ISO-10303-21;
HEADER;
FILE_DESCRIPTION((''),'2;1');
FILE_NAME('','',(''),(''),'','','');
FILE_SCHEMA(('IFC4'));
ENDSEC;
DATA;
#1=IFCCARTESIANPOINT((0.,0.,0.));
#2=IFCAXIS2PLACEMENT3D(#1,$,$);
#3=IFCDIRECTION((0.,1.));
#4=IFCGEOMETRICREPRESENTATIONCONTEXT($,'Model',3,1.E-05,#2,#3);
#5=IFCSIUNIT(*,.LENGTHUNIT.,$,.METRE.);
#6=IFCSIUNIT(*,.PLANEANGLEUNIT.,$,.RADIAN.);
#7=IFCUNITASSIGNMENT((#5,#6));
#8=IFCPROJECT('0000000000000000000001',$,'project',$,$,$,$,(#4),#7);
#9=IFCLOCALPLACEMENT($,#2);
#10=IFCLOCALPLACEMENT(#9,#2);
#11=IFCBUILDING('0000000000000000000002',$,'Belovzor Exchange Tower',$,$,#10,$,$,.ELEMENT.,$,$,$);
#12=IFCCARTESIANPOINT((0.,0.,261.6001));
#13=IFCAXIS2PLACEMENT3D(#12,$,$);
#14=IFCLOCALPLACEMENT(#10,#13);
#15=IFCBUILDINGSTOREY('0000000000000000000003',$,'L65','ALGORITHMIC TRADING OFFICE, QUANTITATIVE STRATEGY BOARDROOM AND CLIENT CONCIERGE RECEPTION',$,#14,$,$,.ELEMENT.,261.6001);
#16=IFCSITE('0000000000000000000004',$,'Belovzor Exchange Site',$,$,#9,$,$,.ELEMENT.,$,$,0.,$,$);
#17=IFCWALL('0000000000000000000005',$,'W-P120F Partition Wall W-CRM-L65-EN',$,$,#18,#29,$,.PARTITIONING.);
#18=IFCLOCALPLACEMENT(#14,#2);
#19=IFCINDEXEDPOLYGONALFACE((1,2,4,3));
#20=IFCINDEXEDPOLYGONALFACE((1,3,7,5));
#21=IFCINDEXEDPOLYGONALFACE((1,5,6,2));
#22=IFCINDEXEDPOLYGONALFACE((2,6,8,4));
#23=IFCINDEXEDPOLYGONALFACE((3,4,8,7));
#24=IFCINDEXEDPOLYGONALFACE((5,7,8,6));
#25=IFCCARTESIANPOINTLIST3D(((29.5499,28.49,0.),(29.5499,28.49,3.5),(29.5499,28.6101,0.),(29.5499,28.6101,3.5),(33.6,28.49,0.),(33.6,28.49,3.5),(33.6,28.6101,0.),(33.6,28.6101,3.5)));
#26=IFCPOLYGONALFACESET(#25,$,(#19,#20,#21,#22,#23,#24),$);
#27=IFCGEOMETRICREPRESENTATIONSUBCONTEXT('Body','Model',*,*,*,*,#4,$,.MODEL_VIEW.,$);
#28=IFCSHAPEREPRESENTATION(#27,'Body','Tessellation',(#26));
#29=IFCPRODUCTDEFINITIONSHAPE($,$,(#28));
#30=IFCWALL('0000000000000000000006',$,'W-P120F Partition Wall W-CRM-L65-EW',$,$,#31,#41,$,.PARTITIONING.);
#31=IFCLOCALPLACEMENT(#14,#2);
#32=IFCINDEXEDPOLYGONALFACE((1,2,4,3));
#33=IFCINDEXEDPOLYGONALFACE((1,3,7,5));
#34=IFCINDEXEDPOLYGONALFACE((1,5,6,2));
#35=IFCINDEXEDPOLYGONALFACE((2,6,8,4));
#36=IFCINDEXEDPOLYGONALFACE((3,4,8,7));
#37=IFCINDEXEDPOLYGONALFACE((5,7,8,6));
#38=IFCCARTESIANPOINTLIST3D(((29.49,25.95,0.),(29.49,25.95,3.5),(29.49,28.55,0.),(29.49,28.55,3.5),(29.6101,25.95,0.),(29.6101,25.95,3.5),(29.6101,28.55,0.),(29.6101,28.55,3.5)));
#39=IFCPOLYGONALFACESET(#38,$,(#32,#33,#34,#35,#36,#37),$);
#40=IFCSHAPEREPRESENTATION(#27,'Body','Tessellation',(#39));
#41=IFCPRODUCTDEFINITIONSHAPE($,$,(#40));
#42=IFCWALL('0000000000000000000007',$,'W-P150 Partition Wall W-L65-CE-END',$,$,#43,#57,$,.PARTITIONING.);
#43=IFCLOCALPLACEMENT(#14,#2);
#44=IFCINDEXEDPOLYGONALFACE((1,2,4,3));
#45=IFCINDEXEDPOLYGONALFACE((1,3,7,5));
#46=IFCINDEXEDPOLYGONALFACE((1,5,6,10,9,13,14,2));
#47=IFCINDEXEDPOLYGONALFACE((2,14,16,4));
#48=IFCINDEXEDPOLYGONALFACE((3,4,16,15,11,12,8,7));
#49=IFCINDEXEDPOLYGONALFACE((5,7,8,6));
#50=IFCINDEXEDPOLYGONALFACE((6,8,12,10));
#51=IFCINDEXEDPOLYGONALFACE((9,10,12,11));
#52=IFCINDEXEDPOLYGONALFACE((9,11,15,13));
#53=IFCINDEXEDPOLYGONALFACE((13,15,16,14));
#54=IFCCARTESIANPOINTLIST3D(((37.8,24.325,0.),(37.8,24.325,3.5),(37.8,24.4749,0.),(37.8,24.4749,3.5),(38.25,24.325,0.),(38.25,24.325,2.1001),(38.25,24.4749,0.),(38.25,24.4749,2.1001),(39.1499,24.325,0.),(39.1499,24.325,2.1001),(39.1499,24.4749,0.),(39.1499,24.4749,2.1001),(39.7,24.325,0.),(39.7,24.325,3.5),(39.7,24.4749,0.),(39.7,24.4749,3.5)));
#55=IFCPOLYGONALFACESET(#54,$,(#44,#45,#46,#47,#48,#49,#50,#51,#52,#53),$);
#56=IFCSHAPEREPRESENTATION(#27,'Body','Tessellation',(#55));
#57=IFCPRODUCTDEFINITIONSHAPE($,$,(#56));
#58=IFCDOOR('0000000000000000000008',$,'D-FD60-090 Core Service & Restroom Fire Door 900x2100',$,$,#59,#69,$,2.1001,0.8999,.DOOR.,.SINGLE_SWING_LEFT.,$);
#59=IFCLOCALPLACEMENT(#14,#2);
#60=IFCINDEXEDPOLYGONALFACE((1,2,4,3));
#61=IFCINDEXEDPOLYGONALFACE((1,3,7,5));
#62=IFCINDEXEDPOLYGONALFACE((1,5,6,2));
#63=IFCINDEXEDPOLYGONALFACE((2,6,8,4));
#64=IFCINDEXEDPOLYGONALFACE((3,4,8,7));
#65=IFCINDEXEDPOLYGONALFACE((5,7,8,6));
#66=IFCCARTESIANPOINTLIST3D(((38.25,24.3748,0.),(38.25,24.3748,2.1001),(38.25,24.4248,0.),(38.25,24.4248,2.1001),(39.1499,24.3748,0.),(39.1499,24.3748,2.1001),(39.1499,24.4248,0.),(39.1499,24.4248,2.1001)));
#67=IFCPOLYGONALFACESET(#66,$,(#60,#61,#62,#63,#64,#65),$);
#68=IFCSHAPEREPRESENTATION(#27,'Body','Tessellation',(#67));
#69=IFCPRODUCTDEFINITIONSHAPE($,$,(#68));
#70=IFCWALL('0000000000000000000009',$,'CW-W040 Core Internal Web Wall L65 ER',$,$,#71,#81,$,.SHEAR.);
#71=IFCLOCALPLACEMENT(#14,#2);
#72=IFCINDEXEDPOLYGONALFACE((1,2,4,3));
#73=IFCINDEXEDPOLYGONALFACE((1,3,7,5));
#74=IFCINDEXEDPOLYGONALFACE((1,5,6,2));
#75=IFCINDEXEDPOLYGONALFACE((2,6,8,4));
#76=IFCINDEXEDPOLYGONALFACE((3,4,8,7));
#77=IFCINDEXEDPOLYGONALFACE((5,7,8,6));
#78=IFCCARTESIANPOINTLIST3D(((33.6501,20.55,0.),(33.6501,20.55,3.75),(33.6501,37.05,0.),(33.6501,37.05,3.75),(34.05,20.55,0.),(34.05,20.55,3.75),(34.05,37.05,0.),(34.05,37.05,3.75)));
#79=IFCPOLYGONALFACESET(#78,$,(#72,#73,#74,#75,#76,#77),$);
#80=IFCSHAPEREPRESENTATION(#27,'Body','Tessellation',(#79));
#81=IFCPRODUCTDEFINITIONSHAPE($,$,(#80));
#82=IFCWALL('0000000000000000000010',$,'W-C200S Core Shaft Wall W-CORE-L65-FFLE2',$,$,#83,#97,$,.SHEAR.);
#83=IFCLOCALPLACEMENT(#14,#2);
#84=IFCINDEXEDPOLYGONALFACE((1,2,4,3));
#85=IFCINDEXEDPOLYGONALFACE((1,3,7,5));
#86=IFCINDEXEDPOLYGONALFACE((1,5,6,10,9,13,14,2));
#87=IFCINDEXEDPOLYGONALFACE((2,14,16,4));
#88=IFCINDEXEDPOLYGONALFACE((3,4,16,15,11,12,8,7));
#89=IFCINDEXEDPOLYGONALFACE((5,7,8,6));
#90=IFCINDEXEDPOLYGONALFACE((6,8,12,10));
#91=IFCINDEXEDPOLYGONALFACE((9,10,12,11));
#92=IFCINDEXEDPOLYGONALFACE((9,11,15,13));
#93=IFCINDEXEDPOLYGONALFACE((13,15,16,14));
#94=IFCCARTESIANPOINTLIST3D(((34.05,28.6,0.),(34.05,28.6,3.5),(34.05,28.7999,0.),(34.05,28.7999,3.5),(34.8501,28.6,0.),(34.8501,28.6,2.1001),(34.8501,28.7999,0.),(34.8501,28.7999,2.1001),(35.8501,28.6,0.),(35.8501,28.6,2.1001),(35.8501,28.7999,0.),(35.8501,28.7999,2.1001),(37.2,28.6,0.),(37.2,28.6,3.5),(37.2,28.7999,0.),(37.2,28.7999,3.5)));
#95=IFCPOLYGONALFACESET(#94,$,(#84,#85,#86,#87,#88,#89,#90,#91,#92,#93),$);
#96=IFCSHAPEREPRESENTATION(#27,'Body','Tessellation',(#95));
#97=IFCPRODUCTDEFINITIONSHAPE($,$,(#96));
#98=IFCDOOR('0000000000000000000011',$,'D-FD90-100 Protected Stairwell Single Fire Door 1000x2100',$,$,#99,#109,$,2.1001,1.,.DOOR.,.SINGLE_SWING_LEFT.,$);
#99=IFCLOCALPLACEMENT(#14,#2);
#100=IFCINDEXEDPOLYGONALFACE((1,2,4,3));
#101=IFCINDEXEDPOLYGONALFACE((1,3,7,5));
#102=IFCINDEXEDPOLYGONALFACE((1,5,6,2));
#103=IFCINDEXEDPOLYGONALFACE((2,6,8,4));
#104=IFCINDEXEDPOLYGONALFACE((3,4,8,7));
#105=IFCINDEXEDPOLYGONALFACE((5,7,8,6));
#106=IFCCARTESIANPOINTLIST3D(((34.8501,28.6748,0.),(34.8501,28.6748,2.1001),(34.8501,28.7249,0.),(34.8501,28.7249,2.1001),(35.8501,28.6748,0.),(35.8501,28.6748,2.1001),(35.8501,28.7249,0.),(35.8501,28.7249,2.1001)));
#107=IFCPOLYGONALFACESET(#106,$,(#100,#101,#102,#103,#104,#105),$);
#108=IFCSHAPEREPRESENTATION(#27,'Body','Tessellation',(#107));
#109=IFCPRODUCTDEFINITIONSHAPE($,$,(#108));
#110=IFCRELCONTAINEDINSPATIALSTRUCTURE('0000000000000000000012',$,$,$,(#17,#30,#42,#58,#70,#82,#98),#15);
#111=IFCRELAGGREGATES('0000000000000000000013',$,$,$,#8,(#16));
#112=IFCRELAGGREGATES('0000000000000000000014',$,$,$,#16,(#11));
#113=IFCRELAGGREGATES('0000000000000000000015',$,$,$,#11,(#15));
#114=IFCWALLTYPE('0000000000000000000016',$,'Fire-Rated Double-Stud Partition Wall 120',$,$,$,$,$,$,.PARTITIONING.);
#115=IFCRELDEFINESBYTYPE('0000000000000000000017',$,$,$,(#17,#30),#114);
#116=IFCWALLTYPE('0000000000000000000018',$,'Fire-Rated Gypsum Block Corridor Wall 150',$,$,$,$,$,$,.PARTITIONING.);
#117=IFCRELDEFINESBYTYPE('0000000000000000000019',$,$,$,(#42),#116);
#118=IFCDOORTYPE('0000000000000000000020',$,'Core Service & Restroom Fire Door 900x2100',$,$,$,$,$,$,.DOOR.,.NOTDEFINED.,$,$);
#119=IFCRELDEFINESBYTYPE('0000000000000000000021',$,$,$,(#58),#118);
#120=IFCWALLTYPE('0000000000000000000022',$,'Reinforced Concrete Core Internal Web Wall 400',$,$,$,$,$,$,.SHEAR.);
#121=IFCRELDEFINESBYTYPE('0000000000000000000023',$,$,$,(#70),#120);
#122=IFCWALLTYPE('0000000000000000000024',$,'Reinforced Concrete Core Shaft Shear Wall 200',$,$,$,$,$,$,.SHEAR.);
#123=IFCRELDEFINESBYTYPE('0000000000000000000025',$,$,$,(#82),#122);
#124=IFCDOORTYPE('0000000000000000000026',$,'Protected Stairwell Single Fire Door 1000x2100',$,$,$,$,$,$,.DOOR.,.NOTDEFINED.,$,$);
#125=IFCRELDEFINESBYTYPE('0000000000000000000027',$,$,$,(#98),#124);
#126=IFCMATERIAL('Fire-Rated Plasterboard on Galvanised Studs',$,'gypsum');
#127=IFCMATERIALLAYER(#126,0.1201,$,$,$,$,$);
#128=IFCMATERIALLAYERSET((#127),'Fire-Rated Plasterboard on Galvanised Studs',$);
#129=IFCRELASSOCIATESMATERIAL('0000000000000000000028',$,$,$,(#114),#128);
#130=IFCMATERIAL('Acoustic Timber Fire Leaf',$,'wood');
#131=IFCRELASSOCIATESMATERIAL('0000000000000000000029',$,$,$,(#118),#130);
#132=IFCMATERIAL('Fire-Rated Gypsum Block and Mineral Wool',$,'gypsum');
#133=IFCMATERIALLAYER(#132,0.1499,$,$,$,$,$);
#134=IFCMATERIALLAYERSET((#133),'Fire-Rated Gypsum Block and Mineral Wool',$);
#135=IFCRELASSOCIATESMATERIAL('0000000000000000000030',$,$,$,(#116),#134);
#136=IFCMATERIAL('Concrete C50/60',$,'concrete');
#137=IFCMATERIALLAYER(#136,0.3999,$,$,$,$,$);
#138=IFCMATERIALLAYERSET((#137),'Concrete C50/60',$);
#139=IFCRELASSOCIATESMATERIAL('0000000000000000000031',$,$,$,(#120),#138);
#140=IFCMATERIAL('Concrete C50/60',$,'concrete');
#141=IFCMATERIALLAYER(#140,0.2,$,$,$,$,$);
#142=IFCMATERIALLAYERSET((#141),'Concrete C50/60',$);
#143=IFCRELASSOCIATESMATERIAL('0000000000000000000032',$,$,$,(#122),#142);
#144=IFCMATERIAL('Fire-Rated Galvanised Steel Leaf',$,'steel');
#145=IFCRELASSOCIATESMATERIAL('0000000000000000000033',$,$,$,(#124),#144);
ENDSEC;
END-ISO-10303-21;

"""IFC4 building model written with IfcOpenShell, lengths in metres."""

from ifc_helpers import new_model, si_unit, direction, frame, frame_2d, origin, place, context, subcontext, project, spatial, rectangle, extrude, material, layer, layer_set, type_object, element, fill, save


model = new_model("IFC4")

# Units and contexts
model_context = context("Model", 3, precision=1e-05, world=origin(), true_north=direction((0.0, 1.0)))
body_context = subcontext(model_context, "Body", "Model", "MODEL_VIEW")
ifc_project = project(units=[si_unit("LENGTHUNIT", "METRE"), si_unit("PLANEANGLEUNIT", "RADIAN")], contexts=[model_context])

# Site, building, storey
site_placement = place(None, origin())
site = spatial("IfcSite", under=ifc_project, at=site_placement, Name="Belovzor Exchange Site", CompositionType="ELEMENT", RefElevation=0.0)
building_placement = place(site_placement, origin())
building = spatial("IfcBuilding", under=site, at=building_placement, Name="Belovzor Exchange Tower", CompositionType="ELEMENT")
storey_placement = place(building_placement, frame((0.0, 0.0, 261.6001)))
storey = spatial("IfcBuildingStorey", under=building, at=storey_placement, Name="L65", Description="ALGORITHMIC TRADING OFFICE, QUANTITATIVE STRATEGY BOARDROOM AND CLIENT CONCIERGE RECEPTION", CompositionType="ELEMENT", Elevation=261.6001)

# Shared definitions
ifc_material_1 = material(Name="Fire-Rated Plasterboard on Galvanised Studs", Category="gypsum")
ifc_layer_1 = layer(ifc_material_1, 0.1201)
ifc_layer_set_1 = layer_set([ifc_layer_1], Name="Fire-Rated Plasterboard on Galvanised Studs")
wall_type_1 = type_object("IfcWallType", Name="Fire-Rated Double-Stud Partition Wall 120", PredefinedType="PARTITIONING", material=ifc_layer_set_1)

# Shared definitions
ifc_material_2 = material(Name="Acoustic Timber Fire Leaf", Category="wood")
door_type_1 = type_object("IfcDoorType", Name="Core Service & Restroom Fire Door 900x2100", OperationType="NOTDEFINED", PredefinedType="DOOR", material=ifc_material_2)

# Walls
wall_1_placement = place(storey_placement, frame((29.55, 28.55, 0.0), z_axis=(0.0, 0.0, 1.0), x_axis=(1.0, 0.0, 0.0)))
element("IfcWall", 1, at=wall_1_placement, inside=storey, type_object=wall_type_1, Name="W-P120F Partition Wall W-CRM-L65-EN", PredefinedType="PARTITIONING", context=body_context, shape_type="SweptSolid", body=[
    extrude(rectangle(XDim=4.05, YDim=0.1201, at=frame_2d((2.0249, 0.0))), origin(), (0.0, 0.0, 1.0), 3.5),
])
wall_2_placement = place(storey_placement, frame((29.55, 25.95, 0.0), z_axis=(0.0, 0.0, 1.0), x_axis=(0.0, 1.0, 0.0)))
element("IfcWall", 2, at=wall_2_placement, inside=storey, type_object=wall_type_1, Name="W-P120F Partition Wall W-CRM-L65-EW", PredefinedType="PARTITIONING", context=body_context, shape_type="SweptSolid", body=[
    extrude(rectangle(XDim=2.6001, YDim=0.1201, at=frame_2d((1.3, 0.0))), origin(), (0.0, 0.0, 1.0), 3.5),
])

# Wall, opening, door
ifc_material_3 = material(Name="Fire-Rated Gypsum Block and Mineral Wool", Category="gypsum")
ifc_layer_2 = layer(ifc_material_3, 0.1499)
ifc_layer_set_2 = layer_set([ifc_layer_2], Name="Fire-Rated Gypsum Block and Mineral Wool")
wall_type_2 = type_object("IfcWallType", Name="Fire-Rated Gypsum Block Corridor Wall 150", PredefinedType="PARTITIONING", material=ifc_layer_set_2)
wall_3_placement = place(storey_placement, frame((37.8, 24.3999, 0.0), z_axis=(0.0, 0.0, 1.0), x_axis=(1.0, 0.0, 0.0)))
wall_3 = element("IfcWall", 3, at=wall_3_placement, inside=storey, type_object=wall_type_2, Name="W-P150 Partition Wall W-L65-CE-END", PredefinedType="PARTITIONING", context=body_context, shape_type="SweptSolid", body=[
    extrude(rectangle(XDim=1.8999, YDim=0.1499, at=frame_2d((0.95, 0.0))), origin(), (0.0, 0.0, 1.0), 3.5),
])
opening_1_placement = place(wall_3_placement, frame((0.45, 0.0, 0.0)))
opening_1 = element("IfcOpeningElement", 4, at=opening_1_placement, cuts=wall_3, PredefinedType="OPENING", context=body_context, shape_type="SweptSolid", body=[
    extrude(rectangle(XDim=0.8999, YDim=2.1001, at=frame_2d((0.45, 1.05))), frame((0.0, 0.085, 0.0), z_axis=(0.0, -1.0, 0.0), x_axis=(1.0, 0.0, 0.0)), (0.0, 0.0, 1.0), 0.1699),
])
door_1_placement = place(opening_1_placement, origin())
door_1 = element("IfcDoor", 5, at=door_1_placement, inside=storey, type_object=door_type_1, Name="D-FD60-090 Core Service & Restroom Fire Door 900x2100", OperationType="SINGLE_SWING_LEFT", OverallHeight=2.1001, OverallWidth=0.8999, PredefinedType="DOOR", context=body_context, shape_type="SweptSolid", body=[
    extrude(rectangle(XDim=0.8999, YDim=2.1001, at=frame_2d((0.45, 1.05))), frame((0.0, 0.0249, 0.0), z_axis=(0.0, -1.0, 0.0), x_axis=(1.0, 0.0, 0.0)), (0.0, 0.0, 1.0), 0.05),
])
fill(opening_1, door_1)

# Wall
ifc_material_4 = material(Name="Concrete C50/60", Category="concrete")
ifc_layer_3 = layer(ifc_material_4, 0.3999)
ifc_layer_set_3 = layer_set([ifc_layer_3], Name="Concrete C50/60")
wall_type_3 = type_object("IfcWallType", Name="Reinforced Concrete Core Internal Web Wall 400", PredefinedType="SHEAR", material=ifc_layer_set_3)
wall_4_placement = place(storey_placement, frame((33.8501, 20.55, 0.0), z_axis=(0.0, 0.0, 1.0), x_axis=(0.0, 1.0, 0.0)))
element("IfcWall", 6, at=wall_4_placement, inside=storey, type_object=wall_type_3, Name="CW-W040 Core Internal Web Wall L65 ER", PredefinedType="SHEAR", context=body_context, shape_type="SweptSolid", body=[
    extrude(rectangle(XDim=16.5, YDim=0.3999, at=frame_2d((8.25, 0.0))), origin(), (0.0, 0.0, 1.0), 3.75),
])

# Wall, opening, door
ifc_material_5 = material(Name="Concrete C50/60", Category="concrete")
ifc_layer_4 = layer(ifc_material_5, 0.2)
ifc_layer_set_4 = layer_set([ifc_layer_4], Name="Concrete C50/60")
wall_type_4 = type_object("IfcWallType", Name="Reinforced Concrete Core Shaft Shear Wall 200", PredefinedType="SHEAR", material=ifc_layer_set_4)
wall_5_placement = place(storey_placement, frame((34.05, 28.7, 0.0), z_axis=(0.0, 0.0, 1.0), x_axis=(1.0, 0.0, 0.0)))
wall_5 = element("IfcWall", 7, at=wall_5_placement, inside=storey, type_object=wall_type_4, Name="W-C200S Core Shaft Wall W-CORE-L65-FFLE2", PredefinedType="SHEAR", context=body_context, shape_type="SweptSolid", body=[
    extrude(rectangle(XDim=3.1499, YDim=0.2, at=frame_2d((1.575, 0.0))), origin(), (0.0, 0.0, 1.0), 3.5),
])
opening_2_placement = place(wall_5_placement, frame((0.8, 0.0, 0.0)))
opening_2 = element("IfcOpeningElement", 8, at=opening_2_placement, cuts=wall_5, PredefinedType="OPENING", context=body_context, shape_type="SweptSolid", body=[
    extrude(rectangle(XDim=1.0, YDim=2.1001, at=frame_2d((0.5, 1.05))), frame((0.0, 0.1099, 0.0), z_axis=(0.0, -1.0, 0.0), x_axis=(1.0, 0.0, 0.0)), (0.0, 0.0, 1.0), 0.22),
])
ifc_material_6 = material(Name="Fire-Rated Galvanised Steel Leaf", Category="steel")
door_type_2 = type_object("IfcDoorType", Name="Protected Stairwell Single Fire Door 1000x2100", OperationType="NOTDEFINED", PredefinedType="DOOR", material=ifc_material_6)
door_2_placement = place(opening_2_placement, origin())
door_2 = element("IfcDoor", 9, at=door_2_placement, inside=storey, type_object=door_type_2, Name="D-FD90-100 Protected Stairwell Single Fire Door 1000x2100", OperationType="SINGLE_SWING_LEFT", OverallHeight=2.1001, OverallWidth=1.0, PredefinedType="DOOR", context=body_context, shape_type="SweptSolid", body=[
    extrude(rectangle(XDim=1.0, YDim=2.1001, at=frame_2d((0.5, 1.05))), frame((0.0, 0.0249, 0.0), z_axis=(0.0, -1.0, 0.0), x_axis=(1.0, 0.0, 0.0)), (0.0, 0.0, 1.0), 0.05),
])
fill(opening_2, door_2)

save(model, "model.ifc")
